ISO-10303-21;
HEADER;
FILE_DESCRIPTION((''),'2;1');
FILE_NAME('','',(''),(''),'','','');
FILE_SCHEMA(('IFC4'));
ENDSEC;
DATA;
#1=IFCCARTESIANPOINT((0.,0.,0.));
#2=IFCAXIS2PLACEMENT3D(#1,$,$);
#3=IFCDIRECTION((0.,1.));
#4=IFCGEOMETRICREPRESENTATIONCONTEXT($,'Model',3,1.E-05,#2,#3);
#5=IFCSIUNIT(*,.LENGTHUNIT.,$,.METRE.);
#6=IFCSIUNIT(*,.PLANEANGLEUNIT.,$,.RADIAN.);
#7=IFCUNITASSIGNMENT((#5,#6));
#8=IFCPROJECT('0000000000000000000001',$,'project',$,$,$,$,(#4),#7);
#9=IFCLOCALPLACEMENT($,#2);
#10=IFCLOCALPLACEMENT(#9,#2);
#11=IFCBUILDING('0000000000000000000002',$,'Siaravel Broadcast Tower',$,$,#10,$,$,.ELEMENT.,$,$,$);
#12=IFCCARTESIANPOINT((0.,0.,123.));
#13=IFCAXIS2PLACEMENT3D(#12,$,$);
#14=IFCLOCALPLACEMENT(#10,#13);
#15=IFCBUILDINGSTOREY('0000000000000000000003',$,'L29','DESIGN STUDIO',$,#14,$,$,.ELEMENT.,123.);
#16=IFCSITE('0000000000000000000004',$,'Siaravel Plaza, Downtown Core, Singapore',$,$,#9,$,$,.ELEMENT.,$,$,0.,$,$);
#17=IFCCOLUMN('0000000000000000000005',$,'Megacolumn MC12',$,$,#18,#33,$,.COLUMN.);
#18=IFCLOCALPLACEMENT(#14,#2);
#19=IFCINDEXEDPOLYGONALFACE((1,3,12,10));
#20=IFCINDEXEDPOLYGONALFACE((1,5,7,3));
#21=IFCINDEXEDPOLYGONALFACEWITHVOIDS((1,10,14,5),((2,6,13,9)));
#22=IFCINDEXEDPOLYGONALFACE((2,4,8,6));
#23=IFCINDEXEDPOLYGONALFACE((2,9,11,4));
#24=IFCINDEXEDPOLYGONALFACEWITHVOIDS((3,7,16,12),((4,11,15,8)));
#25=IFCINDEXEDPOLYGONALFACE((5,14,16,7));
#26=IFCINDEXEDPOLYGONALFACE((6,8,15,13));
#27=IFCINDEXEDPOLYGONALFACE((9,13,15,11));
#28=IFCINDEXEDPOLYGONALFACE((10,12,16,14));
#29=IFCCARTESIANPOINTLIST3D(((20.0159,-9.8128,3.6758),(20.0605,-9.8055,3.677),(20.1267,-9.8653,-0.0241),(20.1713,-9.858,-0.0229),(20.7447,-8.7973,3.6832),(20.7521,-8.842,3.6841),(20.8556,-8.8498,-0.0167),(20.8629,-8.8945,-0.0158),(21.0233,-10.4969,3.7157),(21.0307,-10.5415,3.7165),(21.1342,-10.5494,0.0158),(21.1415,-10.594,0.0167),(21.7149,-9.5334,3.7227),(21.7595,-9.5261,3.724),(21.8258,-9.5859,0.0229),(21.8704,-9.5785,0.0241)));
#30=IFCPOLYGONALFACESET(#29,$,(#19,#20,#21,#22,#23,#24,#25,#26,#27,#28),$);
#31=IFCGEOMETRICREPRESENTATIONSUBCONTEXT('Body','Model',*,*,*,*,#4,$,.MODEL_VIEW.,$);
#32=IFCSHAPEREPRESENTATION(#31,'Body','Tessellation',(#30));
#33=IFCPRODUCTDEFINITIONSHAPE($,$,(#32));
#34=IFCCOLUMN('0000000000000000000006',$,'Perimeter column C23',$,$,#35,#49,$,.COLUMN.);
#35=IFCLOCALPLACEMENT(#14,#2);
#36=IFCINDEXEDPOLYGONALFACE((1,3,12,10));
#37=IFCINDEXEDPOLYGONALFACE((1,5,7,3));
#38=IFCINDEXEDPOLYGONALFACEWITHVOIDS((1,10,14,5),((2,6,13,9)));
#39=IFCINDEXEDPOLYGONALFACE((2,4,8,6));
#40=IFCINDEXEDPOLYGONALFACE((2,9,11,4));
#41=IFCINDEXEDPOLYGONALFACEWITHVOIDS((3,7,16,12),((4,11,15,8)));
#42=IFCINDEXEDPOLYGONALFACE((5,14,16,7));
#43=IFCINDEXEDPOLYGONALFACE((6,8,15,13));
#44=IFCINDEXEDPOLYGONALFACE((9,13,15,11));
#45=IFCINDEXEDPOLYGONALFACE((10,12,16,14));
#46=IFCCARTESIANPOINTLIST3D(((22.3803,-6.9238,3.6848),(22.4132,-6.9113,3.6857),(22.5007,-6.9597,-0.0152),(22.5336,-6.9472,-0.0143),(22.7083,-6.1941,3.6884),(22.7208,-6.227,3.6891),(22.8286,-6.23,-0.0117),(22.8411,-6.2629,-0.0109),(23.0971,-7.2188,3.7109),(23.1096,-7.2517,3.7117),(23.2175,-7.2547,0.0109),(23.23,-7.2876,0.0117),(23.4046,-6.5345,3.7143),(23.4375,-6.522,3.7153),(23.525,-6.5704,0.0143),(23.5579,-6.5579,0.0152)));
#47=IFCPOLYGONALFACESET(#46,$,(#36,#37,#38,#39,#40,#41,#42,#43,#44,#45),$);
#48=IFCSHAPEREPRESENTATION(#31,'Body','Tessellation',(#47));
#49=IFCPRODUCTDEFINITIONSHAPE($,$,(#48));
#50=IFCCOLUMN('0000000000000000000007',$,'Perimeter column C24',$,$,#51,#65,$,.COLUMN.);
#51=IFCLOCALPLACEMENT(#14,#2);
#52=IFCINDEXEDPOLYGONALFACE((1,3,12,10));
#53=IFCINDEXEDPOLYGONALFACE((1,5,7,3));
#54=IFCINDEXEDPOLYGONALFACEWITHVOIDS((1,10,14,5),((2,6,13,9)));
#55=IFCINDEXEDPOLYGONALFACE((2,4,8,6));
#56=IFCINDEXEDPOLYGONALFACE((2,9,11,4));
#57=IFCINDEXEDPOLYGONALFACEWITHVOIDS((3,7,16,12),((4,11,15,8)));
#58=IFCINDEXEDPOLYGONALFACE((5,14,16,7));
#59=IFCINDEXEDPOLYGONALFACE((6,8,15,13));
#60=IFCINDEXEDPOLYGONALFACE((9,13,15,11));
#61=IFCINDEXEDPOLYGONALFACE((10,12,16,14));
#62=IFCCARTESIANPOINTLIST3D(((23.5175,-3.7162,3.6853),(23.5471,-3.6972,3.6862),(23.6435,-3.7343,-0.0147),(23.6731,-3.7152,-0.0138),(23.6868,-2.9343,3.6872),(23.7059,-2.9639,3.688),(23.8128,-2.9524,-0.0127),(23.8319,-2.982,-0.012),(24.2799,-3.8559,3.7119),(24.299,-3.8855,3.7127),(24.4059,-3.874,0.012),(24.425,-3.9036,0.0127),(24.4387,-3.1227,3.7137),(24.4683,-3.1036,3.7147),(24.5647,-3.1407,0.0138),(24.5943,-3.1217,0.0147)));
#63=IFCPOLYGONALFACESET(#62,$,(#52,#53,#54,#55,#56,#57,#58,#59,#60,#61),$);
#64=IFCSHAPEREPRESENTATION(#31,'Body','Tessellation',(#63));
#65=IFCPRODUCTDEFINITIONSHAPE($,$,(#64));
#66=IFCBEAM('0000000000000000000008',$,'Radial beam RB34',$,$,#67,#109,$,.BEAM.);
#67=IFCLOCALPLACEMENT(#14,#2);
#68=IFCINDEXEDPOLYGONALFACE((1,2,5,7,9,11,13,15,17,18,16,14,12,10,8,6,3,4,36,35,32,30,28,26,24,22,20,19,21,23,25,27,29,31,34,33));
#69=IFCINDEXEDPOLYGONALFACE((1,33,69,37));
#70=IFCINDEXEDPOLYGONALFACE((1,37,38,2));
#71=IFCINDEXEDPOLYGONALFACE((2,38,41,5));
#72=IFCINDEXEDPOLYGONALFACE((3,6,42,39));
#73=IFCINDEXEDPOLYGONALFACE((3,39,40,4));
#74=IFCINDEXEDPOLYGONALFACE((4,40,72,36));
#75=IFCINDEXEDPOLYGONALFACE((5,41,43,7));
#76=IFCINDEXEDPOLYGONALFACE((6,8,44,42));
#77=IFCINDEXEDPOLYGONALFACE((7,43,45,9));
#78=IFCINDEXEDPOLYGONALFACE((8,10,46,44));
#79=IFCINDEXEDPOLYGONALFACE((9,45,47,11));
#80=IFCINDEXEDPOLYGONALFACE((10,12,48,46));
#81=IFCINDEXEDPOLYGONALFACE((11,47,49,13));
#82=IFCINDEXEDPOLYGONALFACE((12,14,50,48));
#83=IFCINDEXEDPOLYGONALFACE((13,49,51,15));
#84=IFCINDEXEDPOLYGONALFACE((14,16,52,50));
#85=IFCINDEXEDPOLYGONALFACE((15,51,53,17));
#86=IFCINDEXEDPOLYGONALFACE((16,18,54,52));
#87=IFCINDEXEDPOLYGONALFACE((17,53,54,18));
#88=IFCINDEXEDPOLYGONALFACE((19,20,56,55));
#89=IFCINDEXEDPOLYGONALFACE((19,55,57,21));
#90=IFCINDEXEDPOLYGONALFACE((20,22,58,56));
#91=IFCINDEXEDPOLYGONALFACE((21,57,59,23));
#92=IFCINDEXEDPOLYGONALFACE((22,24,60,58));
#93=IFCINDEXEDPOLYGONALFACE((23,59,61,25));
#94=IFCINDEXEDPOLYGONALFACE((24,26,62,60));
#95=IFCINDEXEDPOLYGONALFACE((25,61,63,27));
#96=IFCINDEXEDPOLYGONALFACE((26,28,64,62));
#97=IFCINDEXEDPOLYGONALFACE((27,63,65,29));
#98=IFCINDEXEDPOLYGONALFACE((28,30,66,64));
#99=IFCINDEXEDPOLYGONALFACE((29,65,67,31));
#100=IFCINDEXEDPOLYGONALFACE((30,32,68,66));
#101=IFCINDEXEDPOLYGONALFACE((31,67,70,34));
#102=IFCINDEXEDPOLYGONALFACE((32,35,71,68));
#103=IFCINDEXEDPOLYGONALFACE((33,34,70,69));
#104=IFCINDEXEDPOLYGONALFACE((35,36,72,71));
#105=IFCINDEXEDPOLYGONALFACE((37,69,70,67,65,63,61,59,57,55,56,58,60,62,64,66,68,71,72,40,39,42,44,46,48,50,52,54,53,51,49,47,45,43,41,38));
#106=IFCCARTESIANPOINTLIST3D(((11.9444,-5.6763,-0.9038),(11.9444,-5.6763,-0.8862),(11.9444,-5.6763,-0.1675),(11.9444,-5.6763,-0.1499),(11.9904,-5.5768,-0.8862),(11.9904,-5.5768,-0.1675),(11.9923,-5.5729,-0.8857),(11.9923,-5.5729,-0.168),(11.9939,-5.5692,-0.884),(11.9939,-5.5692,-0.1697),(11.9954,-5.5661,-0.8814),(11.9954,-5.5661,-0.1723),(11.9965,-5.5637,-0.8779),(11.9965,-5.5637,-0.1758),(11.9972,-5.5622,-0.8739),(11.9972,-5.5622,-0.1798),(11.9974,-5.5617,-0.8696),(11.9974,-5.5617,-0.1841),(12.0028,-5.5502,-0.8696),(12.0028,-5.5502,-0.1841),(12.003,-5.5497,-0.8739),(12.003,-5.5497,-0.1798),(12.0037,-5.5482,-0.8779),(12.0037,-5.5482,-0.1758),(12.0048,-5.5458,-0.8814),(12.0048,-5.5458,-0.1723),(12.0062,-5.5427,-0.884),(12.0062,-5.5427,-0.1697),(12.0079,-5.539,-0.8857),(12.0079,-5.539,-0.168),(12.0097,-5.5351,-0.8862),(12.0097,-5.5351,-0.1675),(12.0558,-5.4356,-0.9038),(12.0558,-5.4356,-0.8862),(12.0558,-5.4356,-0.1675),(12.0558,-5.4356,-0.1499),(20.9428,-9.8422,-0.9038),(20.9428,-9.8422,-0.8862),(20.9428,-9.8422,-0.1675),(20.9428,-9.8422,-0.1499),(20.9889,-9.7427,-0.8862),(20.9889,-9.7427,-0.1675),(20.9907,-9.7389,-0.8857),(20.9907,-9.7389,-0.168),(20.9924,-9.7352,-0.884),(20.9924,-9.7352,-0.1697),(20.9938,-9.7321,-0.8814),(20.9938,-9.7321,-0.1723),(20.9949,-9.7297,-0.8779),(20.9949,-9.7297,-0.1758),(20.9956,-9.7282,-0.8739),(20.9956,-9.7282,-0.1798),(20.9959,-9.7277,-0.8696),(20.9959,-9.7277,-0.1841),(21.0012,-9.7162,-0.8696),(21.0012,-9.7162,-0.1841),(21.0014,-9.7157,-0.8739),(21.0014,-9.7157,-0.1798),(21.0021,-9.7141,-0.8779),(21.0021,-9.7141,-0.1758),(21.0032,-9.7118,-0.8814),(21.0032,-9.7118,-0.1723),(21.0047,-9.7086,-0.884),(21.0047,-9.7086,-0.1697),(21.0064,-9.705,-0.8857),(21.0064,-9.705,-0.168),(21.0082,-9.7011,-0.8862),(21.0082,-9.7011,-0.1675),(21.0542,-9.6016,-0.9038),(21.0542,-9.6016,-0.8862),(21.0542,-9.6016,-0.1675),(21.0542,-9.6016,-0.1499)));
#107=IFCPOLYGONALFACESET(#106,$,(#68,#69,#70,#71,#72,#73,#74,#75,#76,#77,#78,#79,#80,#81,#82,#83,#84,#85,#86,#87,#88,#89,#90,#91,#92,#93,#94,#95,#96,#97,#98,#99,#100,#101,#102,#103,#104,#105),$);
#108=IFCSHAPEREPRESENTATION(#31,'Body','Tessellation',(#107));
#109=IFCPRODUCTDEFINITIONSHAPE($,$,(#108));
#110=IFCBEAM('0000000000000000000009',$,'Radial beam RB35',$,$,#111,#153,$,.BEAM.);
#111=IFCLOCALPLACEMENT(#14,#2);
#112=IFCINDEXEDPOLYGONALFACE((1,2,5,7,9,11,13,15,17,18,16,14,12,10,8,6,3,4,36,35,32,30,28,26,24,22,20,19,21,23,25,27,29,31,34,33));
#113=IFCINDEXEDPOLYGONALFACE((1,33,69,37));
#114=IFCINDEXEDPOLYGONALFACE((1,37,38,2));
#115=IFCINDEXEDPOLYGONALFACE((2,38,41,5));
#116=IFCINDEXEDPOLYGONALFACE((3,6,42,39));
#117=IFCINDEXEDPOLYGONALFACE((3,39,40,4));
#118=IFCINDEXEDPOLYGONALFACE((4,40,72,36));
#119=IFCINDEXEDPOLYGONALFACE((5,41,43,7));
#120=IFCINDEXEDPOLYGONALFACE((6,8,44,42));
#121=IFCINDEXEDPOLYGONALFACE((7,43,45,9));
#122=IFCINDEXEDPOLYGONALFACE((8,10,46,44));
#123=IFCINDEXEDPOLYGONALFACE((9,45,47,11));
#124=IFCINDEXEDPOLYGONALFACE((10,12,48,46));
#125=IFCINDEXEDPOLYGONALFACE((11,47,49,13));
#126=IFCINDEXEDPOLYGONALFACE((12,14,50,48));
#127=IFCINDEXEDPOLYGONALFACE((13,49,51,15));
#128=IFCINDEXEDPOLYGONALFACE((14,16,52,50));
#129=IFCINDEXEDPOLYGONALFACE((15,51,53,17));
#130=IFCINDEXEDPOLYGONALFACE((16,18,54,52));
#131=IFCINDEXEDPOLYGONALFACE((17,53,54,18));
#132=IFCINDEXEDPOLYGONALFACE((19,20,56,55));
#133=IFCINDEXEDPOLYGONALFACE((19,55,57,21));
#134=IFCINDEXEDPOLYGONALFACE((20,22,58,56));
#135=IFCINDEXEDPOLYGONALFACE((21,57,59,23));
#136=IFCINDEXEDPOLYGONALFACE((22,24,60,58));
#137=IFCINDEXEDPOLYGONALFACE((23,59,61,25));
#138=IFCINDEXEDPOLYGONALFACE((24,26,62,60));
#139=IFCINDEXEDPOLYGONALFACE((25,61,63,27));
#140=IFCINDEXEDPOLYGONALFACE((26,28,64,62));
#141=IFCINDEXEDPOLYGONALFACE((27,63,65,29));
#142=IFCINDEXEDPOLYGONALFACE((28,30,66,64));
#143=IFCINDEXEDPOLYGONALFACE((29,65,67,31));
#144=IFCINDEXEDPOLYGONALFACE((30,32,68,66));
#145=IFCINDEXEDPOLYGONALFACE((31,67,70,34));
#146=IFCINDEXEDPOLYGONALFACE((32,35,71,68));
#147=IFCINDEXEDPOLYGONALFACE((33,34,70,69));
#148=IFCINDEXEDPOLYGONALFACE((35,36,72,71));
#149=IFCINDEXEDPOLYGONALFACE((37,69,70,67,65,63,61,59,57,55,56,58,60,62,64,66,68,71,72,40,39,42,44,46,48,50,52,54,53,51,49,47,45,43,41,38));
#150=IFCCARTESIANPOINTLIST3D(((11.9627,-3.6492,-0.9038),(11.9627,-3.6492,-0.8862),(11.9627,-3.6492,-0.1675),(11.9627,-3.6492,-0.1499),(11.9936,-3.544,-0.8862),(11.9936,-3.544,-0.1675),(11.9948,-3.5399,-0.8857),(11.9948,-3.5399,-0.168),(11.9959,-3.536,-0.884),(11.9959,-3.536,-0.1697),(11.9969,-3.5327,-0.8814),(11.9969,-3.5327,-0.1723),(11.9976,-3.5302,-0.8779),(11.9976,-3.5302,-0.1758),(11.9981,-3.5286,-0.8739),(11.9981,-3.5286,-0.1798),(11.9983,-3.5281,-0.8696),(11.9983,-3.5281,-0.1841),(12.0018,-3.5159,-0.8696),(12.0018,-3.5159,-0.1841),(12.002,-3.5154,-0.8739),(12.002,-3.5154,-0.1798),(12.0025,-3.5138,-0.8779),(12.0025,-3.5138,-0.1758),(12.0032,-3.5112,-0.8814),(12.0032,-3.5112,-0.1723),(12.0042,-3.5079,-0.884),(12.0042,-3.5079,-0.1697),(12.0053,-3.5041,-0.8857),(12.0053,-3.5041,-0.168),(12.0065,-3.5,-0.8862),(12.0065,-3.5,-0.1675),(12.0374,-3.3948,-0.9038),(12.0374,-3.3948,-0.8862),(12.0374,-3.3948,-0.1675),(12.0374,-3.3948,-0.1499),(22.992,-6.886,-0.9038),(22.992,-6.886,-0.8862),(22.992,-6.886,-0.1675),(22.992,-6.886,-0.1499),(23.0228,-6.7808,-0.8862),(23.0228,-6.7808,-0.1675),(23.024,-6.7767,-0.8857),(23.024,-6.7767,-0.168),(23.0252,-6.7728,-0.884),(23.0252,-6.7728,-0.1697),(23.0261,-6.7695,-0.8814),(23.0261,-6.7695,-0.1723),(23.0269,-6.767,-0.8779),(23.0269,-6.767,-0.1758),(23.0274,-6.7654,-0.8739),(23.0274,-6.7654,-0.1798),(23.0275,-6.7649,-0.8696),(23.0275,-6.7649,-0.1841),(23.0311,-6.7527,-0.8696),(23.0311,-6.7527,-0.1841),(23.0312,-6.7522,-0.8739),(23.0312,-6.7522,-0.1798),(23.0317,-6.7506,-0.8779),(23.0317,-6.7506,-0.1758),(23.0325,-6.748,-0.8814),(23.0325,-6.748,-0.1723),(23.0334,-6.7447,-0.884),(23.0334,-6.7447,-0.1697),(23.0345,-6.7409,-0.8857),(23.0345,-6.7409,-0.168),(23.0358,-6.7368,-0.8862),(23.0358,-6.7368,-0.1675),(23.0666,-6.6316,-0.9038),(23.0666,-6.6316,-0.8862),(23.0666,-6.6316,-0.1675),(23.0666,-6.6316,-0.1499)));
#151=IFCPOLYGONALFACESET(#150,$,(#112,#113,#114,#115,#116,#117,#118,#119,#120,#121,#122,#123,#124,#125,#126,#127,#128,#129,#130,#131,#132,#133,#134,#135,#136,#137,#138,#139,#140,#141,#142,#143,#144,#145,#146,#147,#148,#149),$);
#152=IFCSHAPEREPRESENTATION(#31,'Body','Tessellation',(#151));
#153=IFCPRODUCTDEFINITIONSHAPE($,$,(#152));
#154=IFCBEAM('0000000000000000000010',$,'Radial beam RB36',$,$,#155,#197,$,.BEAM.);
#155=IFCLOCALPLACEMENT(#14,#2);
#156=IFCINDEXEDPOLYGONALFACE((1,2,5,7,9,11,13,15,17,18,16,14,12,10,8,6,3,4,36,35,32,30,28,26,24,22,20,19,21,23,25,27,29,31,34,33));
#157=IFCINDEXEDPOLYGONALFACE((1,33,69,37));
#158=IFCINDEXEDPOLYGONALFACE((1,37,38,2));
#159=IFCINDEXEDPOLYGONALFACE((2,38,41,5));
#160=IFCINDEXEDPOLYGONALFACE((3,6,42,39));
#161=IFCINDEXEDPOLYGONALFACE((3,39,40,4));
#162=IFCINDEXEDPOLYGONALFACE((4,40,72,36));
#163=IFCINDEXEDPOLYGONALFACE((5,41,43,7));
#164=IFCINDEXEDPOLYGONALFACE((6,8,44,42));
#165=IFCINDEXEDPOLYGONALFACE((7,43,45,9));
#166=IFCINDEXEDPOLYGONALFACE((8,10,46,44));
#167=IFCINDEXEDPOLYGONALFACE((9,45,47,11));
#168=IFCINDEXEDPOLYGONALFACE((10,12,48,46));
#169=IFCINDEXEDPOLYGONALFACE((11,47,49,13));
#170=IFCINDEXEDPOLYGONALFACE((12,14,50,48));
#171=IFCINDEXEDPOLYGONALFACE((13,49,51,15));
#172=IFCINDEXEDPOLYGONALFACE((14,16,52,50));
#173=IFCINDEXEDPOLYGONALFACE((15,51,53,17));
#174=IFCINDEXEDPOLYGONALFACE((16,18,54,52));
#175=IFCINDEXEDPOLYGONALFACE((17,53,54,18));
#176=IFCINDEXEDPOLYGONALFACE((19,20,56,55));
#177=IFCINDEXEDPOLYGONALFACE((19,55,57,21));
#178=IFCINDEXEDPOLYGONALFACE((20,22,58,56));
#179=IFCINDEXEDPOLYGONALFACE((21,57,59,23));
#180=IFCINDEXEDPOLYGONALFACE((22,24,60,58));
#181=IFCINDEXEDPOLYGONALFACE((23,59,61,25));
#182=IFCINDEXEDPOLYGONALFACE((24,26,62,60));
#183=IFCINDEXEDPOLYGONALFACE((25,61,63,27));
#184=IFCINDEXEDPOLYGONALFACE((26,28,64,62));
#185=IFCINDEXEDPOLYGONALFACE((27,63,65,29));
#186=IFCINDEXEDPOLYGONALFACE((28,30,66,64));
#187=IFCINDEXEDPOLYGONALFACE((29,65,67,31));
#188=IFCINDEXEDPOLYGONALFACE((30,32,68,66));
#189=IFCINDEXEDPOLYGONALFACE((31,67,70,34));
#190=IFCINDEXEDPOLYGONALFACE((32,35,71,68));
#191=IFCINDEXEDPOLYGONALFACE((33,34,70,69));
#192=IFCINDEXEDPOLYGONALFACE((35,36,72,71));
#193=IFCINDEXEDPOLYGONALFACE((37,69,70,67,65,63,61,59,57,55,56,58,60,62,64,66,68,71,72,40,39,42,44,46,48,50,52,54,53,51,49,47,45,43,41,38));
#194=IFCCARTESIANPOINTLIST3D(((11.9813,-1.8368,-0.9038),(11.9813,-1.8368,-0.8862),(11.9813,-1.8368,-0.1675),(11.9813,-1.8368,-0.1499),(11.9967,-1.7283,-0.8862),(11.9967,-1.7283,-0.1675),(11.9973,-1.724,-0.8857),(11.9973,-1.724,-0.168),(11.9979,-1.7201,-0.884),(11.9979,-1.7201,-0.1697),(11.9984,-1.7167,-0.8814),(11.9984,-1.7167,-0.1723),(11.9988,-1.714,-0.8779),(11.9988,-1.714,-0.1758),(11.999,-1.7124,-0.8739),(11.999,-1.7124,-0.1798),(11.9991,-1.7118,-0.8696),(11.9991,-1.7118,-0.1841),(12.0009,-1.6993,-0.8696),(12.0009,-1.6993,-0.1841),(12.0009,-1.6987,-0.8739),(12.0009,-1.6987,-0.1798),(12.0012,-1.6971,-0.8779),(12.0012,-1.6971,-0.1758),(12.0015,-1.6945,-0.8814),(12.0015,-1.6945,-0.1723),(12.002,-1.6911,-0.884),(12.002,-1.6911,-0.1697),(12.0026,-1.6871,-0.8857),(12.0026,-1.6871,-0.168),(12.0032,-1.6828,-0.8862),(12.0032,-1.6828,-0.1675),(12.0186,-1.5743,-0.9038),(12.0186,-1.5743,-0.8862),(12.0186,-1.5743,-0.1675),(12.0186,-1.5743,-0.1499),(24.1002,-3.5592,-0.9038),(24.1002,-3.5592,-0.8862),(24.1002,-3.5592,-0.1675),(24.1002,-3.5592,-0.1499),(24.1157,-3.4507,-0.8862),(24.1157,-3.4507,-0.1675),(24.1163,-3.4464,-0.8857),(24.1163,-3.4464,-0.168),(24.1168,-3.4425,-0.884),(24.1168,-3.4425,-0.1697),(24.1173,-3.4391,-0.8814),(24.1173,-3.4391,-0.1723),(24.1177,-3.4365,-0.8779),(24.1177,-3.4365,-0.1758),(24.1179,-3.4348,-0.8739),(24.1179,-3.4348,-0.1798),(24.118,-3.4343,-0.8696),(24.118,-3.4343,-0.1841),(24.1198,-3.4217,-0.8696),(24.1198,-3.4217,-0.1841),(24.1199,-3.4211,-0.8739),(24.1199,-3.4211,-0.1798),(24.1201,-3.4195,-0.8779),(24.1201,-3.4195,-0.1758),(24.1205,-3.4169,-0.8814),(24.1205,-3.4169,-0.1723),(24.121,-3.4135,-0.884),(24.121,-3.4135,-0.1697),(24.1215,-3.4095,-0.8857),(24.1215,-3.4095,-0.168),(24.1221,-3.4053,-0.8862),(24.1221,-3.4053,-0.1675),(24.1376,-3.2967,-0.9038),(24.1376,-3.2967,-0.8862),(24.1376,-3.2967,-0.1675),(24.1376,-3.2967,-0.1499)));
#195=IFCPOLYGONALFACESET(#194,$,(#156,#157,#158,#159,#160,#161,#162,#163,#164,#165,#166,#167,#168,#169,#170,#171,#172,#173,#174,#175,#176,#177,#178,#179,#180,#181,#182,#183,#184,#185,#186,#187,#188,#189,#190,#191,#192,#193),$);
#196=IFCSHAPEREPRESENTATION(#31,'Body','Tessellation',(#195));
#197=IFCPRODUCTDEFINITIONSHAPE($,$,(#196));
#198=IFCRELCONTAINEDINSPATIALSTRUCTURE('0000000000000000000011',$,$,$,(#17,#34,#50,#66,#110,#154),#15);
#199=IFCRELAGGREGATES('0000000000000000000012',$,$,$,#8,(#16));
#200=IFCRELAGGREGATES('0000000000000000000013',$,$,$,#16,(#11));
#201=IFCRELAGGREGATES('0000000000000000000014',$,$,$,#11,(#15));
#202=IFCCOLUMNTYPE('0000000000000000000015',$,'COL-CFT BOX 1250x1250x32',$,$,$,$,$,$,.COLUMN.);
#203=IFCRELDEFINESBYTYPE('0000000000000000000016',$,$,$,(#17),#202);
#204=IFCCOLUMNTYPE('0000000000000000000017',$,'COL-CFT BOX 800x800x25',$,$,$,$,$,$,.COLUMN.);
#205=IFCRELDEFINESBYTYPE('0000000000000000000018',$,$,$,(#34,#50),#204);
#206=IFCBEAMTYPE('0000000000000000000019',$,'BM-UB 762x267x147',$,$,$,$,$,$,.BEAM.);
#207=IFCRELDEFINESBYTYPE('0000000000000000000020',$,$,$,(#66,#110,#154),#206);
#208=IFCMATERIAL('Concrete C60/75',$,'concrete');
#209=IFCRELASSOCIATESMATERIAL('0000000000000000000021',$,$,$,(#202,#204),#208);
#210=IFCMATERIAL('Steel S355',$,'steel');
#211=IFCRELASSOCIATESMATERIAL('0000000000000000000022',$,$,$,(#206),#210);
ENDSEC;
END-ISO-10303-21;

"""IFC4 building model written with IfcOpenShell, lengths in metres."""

from ifc_helpers import new_model, si_unit, direction, frame, origin, origin_2d, place, context, subcontext, project, spatial, hollow_rectangle, i_section, extrude, material, material_profile, profile_set, type_object, element, save


model = new_model("IFC4")

# Units and contexts
model_context = context("Model", 3, precision=1e-05, world=origin(), true_north=direction((0.0, 1.0)))
body_context = subcontext(model_context, "Body", "Model", "MODEL_VIEW")
ifc_project = project(units=[si_unit("LENGTHUNIT", "METRE"), si_unit("PLANEANGLEUNIT", "RADIAN")], contexts=[model_context])

# Site, building, storey
site_placement = place(None, origin())
site = spatial("IfcSite", under=ifc_project, at=site_placement, Name="Siaravel Plaza, Downtown Core, Singapore", CompositionType="ELEMENT", RefElevation=0.0)
building_placement = place(site_placement, origin())
building = spatial("IfcBuilding", under=site, at=building_placement, Name="Siaravel Broadcast Tower", CompositionType="ELEMENT")
storey_placement = place(building_placement, frame((0.0, 0.0, 123.0)))
storey = spatial("IfcBuildingStorey", under=building, at=storey_placement, Name="L29", Description="DESIGN STUDIO", CompositionType="ELEMENT", Elevation=123.0)

# Columns
ifc_material_1 = material(Name="Concrete C60/75", Category="concrete")
ifc_material_profile_1 = material_profile(ifc_material_1, hollow_rectangle(XDim=1.25, YDim=1.25, WallThickness=0.032, at=origin_2d()))
ifc_profile_set_1 = profile_set([ifc_material_profile_1], Name="Concrete C60/75")
column_type_1 = type_object("IfcColumnType", Name="COL-CFT BOX 1250x1250x32", PredefinedType="COLUMN", material=ifc_profile_set_1)
column_placement = place(storey_placement, frame((20.9985, -9.7219, 0.0), z_axis=(-0.029941, 0.014179, 0.999451), x_axis=(-0.583108, -0.812373, -0.005943)))
element("IfcColumn", 1, at=column_placement, inside=storey, type_object=column_type_1, Name="Megacolumn MC12", PredefinedType="COLUMN", context=body_context, shape_type="SweptSolid", body=[
    extrude(hollow_rectangle(XDim=1.25, YDim=1.25, WallThickness=0.032, at=origin_2d()), origin(), (0.0, 0.0, 1.0), 3.7019),
])
ifc_material_profile_2 = material_profile(ifc_material_1, hollow_rectangle(XDim=0.8, YDim=0.8, WallThickness=0.0249, at=origin_2d()))
ifc_profile_set_2 = profile_set([ifc_material_profile_2], Name="Concrete C60/75")
column_type_2 = type_object("IfcColumnType", Name="COL-CFT BOX 800x800x25", PredefinedType="COLUMN", material=ifc_profile_set_2)
for number, where, z_axis, x_axis, name in (
    (2, (23.0293, -6.7588, 0.0), (-0.032512, 0.009694, 0.999424), (-0.409917, -0.912112, -0.004488), "Perimeter column C23"),
    (3, (24.1189, -3.428, 0.0), (-0.034028, 0.00488, 0.999409), (-0.211628, -0.977347, -0.002433), "Perimeter column C24"),
):
    element("IfcColumn", number, at=place(storey_placement, frame(where, z_axis=z_axis, x_axis=x_axis)), inside=storey, type_object=column_type_2, Name=name, PredefinedType="COLUMN", context=body_context, shape_type="SweptSolid", body=[
        extrude(hollow_rectangle(XDim=0.8, YDim=0.8, WallThickness=0.0249, at=origin_2d()), origin(), (0.0, 0.0, 1.0), 3.7021),
    ])

# Beams
ifc_material_2 = material(Name="Steel S355", Category="steel")
ifc_material_profile_3 = material_profile(ifc_material_2, i_section(OverallWidth=0.2651, OverallDepth=0.7539, WebThickness=0.0127, FlangeThickness=0.0176, FilletRadius=0.0166, at=origin_2d()))
ifc_profile_set_3 = profile_set([ifc_material_profile_3], Name="Steel S355")
beam_type = type_object("IfcBeamType", Name="BM-UB 762x267x147", PredefinedType="BEAM", material=ifc_profile_set_3)
beam_1_placement = place(storey_placement, frame((20.9985, -9.7219, -0.5269), z_axis=(-0.907466, 0.420126, 0.0), x_axis=(-0.420126, -0.907466, 0.0)))
element("IfcBeam", 4, at=beam_1_placement, inside=storey, type_object=beam_type, Name="Radial beam RB34", PredefinedType="BEAM", context=body_context, shape_type="SweptSolid", body=[
    extrude(i_section(OverallWidth=0.2651, OverallDepth=0.7539, WebThickness=0.0127, FlangeThickness=0.0176, FilletRadius=0.0166, at=origin_2d()), origin(), (0.0, 0.0, 1.0), 9.916),
])
beam_2_placement = place(storey_placement, frame((23.0293, -6.7588, -0.5269), z_axis=(-0.959532, 0.281598, 0.0), x_axis=(-0.281598, -0.959532, 0.0)))
element("IfcBeam", 5, at=beam_2_placement, inside=storey, type_object=beam_type, Name="Radial beam RB35", PredefinedType="BEAM", context=body_context, shape_type="SweptSolid", body=[
    extrude(i_section(OverallWidth=0.2651, OverallDepth=0.7539, WebThickness=0.0127, FlangeThickness=0.0176, FilletRadius=0.0166, at=origin_2d()), origin(), (0.0, 0.0, 1.0), 11.4944),
])
beam_3_placement = place(storey_placement, frame((24.1189, -3.428, -0.5269), z_axis=(-0.990051, 0.140712, 0.0), x_axis=(-0.140712, -0.990051, 0.0)))
element("IfcBeam", 6, at=beam_3_placement, inside=storey, type_object=beam_type, Name="Radial beam RB36", PredefinedType="BEAM", context=body_context, shape_type="SweptSolid", body=[
    extrude(i_section(OverallWidth=0.2651, OverallDepth=0.7539, WebThickness=0.0127, FlangeThickness=0.0176, FilletRadius=0.0166, at=origin_2d()), origin(), (0.0, 0.0, 1.0), 12.2407),
])

save(model, "model.ifc")
